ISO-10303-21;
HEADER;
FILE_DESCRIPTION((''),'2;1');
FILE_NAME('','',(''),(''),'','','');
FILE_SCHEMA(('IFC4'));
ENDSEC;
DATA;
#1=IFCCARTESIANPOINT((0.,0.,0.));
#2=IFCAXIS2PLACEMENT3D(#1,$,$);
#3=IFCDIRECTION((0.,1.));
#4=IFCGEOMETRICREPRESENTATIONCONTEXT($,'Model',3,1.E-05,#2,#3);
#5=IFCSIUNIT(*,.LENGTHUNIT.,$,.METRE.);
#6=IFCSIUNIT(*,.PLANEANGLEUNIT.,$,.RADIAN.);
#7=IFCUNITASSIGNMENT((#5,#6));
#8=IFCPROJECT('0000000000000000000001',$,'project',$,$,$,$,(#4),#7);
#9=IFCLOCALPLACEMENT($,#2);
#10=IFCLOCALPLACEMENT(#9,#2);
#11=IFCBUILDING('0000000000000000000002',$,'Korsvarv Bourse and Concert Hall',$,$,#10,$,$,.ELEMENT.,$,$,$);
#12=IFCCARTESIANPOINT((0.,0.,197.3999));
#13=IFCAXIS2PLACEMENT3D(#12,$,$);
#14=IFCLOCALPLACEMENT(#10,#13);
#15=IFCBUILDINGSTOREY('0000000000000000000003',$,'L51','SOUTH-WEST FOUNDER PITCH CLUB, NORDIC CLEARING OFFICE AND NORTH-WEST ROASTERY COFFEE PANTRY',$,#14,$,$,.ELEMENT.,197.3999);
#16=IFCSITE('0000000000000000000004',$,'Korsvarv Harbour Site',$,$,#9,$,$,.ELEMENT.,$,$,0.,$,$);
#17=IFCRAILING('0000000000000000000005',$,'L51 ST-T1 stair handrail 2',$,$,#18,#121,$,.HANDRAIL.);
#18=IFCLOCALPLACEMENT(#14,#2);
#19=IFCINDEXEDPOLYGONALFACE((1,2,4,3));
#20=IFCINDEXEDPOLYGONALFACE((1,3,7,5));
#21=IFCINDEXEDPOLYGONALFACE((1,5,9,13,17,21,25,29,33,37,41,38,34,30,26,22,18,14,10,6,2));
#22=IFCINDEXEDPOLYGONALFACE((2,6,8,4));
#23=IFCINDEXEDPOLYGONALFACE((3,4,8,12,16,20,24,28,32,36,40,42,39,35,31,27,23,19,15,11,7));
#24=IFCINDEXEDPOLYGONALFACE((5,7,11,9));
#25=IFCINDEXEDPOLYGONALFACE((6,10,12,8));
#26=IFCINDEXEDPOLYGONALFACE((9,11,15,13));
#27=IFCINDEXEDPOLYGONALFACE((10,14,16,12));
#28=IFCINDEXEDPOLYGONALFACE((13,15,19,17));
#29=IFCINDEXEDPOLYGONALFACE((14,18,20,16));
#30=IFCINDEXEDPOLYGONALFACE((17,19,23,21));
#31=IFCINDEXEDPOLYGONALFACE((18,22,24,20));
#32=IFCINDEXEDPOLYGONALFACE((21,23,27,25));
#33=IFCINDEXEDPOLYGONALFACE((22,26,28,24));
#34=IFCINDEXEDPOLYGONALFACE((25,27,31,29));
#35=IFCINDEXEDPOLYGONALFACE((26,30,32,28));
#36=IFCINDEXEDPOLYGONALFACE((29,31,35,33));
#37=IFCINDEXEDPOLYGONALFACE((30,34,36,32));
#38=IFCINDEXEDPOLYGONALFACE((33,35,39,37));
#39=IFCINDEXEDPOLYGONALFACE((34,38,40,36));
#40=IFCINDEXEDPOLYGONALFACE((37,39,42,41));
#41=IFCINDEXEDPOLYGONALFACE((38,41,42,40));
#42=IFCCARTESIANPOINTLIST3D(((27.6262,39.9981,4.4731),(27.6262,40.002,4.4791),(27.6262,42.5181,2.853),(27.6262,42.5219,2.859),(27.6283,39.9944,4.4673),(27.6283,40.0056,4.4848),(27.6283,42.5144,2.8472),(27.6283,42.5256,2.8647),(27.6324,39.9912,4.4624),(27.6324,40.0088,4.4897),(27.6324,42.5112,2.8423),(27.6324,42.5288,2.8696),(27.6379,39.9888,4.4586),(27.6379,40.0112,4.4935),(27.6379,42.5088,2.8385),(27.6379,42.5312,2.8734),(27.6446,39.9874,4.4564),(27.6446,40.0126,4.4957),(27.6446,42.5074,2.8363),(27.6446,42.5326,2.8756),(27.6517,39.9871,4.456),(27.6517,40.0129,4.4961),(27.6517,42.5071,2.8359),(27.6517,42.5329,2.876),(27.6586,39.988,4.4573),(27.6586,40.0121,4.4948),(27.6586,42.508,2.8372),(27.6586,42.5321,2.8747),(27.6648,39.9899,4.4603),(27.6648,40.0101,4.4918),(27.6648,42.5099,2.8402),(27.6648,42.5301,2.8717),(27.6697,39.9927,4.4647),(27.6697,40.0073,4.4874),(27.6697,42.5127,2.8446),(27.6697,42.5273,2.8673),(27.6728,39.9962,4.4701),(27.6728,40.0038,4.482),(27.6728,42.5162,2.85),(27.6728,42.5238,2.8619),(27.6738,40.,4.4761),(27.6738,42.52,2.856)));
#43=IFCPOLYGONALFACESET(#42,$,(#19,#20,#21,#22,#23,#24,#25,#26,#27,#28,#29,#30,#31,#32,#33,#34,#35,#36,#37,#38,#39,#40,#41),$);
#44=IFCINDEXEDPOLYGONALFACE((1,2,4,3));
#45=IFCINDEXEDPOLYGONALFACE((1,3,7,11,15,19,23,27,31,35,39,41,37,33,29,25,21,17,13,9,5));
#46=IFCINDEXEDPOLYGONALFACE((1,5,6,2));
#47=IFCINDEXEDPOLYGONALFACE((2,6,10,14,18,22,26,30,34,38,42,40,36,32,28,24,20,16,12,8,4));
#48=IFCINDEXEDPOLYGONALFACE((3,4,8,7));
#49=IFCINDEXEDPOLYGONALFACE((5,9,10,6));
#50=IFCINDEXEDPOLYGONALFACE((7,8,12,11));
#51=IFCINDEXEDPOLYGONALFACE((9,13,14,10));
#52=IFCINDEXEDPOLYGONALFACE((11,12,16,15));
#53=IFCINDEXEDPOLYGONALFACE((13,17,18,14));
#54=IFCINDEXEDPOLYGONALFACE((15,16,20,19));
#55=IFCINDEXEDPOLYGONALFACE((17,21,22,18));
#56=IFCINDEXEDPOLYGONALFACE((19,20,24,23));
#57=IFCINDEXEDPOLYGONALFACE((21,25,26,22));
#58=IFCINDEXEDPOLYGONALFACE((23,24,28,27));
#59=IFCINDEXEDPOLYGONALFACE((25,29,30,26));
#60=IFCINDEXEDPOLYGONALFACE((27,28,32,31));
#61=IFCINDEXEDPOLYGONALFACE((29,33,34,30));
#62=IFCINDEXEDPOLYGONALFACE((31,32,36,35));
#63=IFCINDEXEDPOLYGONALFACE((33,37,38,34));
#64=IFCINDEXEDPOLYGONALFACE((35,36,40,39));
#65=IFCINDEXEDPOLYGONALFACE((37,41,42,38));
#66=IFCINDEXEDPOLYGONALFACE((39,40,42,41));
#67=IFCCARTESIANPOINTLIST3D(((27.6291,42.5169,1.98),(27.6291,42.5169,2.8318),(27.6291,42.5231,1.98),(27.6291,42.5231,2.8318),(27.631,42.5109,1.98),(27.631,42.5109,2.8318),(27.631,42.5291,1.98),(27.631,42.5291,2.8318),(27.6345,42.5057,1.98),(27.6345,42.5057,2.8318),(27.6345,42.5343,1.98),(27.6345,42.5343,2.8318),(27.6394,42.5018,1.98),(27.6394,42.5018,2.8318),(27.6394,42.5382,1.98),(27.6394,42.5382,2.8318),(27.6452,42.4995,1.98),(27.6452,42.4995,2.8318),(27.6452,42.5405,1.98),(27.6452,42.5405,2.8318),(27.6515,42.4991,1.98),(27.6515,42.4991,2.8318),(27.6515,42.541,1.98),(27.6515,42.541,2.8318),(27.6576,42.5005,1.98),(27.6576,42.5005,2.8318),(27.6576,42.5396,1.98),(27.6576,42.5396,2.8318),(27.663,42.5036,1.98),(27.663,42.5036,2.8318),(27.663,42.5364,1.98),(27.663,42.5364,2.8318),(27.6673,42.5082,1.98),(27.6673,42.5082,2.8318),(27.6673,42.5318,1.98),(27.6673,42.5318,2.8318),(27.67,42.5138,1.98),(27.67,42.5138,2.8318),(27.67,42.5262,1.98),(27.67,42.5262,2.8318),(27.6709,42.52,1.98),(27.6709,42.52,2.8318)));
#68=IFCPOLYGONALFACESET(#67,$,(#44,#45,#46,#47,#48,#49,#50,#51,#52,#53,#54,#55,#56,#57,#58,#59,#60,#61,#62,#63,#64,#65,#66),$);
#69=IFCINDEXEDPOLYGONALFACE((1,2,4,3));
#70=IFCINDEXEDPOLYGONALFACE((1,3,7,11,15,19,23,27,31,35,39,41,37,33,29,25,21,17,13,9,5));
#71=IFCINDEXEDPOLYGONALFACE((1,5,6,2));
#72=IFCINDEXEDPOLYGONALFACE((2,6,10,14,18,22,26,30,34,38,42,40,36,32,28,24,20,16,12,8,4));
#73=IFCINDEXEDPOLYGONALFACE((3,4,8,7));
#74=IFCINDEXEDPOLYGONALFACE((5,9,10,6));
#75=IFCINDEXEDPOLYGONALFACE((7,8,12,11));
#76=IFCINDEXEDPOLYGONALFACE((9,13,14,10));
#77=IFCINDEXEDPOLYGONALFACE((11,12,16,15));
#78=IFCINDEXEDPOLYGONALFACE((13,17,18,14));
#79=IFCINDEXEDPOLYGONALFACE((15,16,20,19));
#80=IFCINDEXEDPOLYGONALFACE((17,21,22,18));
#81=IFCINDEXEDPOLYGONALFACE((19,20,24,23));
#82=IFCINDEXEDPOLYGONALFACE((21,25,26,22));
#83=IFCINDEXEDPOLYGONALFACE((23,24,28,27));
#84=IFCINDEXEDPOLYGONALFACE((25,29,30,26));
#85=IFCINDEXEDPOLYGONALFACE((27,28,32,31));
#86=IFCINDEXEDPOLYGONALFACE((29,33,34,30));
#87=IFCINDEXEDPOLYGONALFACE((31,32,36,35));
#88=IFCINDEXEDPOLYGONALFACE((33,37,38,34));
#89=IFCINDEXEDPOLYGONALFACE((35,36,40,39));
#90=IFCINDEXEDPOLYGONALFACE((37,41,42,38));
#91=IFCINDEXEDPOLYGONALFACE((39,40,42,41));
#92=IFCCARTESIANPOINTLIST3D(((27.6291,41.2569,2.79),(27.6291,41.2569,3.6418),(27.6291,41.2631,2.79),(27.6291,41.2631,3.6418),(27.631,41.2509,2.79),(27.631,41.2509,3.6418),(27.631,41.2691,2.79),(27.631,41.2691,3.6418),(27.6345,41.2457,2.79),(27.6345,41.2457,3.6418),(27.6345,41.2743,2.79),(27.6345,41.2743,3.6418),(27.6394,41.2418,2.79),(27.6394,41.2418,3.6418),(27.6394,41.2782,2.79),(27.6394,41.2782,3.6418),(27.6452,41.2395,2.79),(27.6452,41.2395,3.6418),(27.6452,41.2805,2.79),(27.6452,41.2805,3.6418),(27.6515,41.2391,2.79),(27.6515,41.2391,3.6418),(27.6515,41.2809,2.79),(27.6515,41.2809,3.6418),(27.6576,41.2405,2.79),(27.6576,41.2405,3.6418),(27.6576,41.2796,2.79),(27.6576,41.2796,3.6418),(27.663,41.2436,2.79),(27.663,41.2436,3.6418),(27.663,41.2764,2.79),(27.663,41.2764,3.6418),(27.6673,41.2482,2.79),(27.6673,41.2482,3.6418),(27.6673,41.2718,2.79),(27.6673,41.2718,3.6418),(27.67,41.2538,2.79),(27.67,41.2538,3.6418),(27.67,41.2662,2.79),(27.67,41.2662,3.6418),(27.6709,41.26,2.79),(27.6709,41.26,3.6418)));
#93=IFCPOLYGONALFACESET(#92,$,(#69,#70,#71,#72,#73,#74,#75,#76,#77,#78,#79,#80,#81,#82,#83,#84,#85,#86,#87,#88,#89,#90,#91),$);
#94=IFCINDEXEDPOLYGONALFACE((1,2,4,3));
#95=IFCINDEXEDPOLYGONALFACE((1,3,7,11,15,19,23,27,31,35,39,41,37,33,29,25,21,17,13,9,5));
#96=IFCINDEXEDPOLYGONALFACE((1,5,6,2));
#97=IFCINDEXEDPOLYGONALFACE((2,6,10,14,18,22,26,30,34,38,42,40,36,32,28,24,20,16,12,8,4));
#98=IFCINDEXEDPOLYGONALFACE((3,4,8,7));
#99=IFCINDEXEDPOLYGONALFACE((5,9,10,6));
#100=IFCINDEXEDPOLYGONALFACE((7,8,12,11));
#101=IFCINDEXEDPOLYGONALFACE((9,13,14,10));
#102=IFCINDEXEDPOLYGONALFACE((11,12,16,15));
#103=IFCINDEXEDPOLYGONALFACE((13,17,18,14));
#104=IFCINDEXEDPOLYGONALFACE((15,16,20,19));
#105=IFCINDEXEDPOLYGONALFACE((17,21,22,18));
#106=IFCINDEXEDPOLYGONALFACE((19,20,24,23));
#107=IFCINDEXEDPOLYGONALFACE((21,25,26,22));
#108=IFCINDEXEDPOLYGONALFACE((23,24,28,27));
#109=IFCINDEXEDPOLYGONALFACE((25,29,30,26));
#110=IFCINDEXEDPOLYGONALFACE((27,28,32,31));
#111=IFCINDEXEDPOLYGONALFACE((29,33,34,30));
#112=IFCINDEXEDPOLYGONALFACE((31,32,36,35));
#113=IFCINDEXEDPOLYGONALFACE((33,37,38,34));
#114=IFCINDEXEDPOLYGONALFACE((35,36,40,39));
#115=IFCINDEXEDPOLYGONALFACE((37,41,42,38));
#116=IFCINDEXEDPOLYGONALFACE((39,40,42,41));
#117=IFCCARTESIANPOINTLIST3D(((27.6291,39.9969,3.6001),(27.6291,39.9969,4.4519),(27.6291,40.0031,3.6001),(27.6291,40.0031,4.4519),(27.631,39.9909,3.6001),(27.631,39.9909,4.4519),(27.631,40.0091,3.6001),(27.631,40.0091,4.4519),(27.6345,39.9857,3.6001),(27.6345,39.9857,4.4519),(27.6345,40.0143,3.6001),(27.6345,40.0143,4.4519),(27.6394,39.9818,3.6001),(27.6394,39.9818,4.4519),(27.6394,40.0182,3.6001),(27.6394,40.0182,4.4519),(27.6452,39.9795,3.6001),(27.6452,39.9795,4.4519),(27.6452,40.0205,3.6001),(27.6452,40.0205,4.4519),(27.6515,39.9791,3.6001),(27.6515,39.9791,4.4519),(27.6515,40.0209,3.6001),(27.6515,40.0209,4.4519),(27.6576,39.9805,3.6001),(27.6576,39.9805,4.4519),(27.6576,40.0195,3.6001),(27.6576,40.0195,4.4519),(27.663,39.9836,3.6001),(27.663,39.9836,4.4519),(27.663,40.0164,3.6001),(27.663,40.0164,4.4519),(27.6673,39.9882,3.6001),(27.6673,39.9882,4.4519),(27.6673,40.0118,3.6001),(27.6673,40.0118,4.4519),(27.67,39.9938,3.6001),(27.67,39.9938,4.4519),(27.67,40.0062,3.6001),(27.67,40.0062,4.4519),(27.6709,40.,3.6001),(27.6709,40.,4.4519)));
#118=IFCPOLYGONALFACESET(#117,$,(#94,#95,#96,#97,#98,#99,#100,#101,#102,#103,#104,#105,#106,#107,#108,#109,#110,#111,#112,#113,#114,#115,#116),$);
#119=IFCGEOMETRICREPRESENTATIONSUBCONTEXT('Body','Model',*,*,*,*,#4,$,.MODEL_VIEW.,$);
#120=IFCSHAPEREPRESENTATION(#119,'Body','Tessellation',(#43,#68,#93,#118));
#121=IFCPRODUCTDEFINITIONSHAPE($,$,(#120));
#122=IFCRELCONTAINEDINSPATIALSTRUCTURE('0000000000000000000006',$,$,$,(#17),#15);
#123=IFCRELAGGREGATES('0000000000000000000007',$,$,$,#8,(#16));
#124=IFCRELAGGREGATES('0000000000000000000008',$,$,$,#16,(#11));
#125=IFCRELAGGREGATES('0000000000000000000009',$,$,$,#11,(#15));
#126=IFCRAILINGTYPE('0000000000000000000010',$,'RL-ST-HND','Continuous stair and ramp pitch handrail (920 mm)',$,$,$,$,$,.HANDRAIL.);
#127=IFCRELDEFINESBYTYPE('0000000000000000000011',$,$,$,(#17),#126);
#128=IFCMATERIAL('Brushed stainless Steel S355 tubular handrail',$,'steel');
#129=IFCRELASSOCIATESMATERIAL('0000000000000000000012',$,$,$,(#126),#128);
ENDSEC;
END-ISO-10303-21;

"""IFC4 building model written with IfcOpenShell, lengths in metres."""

from ifc_helpers import new_model, si_unit, direction, frame, origin, origin_2d, place, context, subcontext, project, spatial, circle, extrude, material, type_object, element, save


model = new_model("IFC4")

# Units and contexts
model_context = context("Model", 3, precision=1e-05, world=origin(), true_north=direction((0.0, 1.0)))
body_context = subcontext(model_context, "Body", "Model", "MODEL_VIEW")
ifc_project = project(units=[si_unit("LENGTHUNIT", "METRE"), si_unit("PLANEANGLEUNIT", "RADIAN")], contexts=[model_context])

# Site, building, storey
site_placement = place(None, origin())
site = spatial("IfcSite", under=ifc_project, at=site_placement, Name="Korsvarv Harbour Site", CompositionType="ELEMENT", RefElevation=0.0)
building_placement = place(site_placement, origin())
building = spatial("IfcBuilding", under=site, at=building_placement, Name="Korsvarv Bourse and Concert Hall", CompositionType="ELEMENT")
storey_placement = place(building_placement, frame((0.0, 0.0, 197.3999)))
storey = spatial("IfcBuildingStorey", under=building, at=storey_placement, Name="L51", Description="SOUTH-WEST FOUNDER PITCH CLUB, NORDIC CLEARING OFFICE AND NORTH-WEST ROASTERY COFFEE PANTRY", CompositionType="ELEMENT", Elevation=197.3999)

# Railing
ifc_material_1 = material(Name="Brushed stainless Steel S355 tubular handrail", Category="steel")
railing_type_1 = type_object("IfcRailingType", Name="RL-ST-HND", Description="Continuous stair and ramp pitch handrail (920 mm)", PredefinedType="HANDRAIL", material=ifc_material_1)
railing_1_placement = place(storey_placement, frame((27.6499, 42.52, 1.98)))
element("IfcRailing", 1, at=railing_1_placement, inside=storey, type_object=railing_type_1, Name="L51 ST-T1 stair handrail 2", PredefinedType="HANDRAIL", context=body_context, shape_type="SweptSolid", body=[
    extrude(circle(Radius=0.0239, at=origin_2d()), frame((0.0, 0.0, 0.876), z_axis=(0.0, -0.841163, 0.540782), x_axis=(1.0, 0.0, 0.0)), (0.0, 0.0, 1.0), 2.9958),
    extrude(circle(Radius=0.021, at=origin_2d()), origin(), (0.0, 0.0, 1.0), 0.8518),
    extrude(circle(Radius=0.021, at=origin_2d()), frame((0.0, -1.26, 0.8101)), (0.0, 0.0, 1.0), 0.8518),
    extrude(circle(Radius=0.021, at=origin_2d()), frame((0.0, -2.52, 1.6201)), (0.0, 0.0, 1.0), 0.8518),
])

save(model, "model.ifc")
